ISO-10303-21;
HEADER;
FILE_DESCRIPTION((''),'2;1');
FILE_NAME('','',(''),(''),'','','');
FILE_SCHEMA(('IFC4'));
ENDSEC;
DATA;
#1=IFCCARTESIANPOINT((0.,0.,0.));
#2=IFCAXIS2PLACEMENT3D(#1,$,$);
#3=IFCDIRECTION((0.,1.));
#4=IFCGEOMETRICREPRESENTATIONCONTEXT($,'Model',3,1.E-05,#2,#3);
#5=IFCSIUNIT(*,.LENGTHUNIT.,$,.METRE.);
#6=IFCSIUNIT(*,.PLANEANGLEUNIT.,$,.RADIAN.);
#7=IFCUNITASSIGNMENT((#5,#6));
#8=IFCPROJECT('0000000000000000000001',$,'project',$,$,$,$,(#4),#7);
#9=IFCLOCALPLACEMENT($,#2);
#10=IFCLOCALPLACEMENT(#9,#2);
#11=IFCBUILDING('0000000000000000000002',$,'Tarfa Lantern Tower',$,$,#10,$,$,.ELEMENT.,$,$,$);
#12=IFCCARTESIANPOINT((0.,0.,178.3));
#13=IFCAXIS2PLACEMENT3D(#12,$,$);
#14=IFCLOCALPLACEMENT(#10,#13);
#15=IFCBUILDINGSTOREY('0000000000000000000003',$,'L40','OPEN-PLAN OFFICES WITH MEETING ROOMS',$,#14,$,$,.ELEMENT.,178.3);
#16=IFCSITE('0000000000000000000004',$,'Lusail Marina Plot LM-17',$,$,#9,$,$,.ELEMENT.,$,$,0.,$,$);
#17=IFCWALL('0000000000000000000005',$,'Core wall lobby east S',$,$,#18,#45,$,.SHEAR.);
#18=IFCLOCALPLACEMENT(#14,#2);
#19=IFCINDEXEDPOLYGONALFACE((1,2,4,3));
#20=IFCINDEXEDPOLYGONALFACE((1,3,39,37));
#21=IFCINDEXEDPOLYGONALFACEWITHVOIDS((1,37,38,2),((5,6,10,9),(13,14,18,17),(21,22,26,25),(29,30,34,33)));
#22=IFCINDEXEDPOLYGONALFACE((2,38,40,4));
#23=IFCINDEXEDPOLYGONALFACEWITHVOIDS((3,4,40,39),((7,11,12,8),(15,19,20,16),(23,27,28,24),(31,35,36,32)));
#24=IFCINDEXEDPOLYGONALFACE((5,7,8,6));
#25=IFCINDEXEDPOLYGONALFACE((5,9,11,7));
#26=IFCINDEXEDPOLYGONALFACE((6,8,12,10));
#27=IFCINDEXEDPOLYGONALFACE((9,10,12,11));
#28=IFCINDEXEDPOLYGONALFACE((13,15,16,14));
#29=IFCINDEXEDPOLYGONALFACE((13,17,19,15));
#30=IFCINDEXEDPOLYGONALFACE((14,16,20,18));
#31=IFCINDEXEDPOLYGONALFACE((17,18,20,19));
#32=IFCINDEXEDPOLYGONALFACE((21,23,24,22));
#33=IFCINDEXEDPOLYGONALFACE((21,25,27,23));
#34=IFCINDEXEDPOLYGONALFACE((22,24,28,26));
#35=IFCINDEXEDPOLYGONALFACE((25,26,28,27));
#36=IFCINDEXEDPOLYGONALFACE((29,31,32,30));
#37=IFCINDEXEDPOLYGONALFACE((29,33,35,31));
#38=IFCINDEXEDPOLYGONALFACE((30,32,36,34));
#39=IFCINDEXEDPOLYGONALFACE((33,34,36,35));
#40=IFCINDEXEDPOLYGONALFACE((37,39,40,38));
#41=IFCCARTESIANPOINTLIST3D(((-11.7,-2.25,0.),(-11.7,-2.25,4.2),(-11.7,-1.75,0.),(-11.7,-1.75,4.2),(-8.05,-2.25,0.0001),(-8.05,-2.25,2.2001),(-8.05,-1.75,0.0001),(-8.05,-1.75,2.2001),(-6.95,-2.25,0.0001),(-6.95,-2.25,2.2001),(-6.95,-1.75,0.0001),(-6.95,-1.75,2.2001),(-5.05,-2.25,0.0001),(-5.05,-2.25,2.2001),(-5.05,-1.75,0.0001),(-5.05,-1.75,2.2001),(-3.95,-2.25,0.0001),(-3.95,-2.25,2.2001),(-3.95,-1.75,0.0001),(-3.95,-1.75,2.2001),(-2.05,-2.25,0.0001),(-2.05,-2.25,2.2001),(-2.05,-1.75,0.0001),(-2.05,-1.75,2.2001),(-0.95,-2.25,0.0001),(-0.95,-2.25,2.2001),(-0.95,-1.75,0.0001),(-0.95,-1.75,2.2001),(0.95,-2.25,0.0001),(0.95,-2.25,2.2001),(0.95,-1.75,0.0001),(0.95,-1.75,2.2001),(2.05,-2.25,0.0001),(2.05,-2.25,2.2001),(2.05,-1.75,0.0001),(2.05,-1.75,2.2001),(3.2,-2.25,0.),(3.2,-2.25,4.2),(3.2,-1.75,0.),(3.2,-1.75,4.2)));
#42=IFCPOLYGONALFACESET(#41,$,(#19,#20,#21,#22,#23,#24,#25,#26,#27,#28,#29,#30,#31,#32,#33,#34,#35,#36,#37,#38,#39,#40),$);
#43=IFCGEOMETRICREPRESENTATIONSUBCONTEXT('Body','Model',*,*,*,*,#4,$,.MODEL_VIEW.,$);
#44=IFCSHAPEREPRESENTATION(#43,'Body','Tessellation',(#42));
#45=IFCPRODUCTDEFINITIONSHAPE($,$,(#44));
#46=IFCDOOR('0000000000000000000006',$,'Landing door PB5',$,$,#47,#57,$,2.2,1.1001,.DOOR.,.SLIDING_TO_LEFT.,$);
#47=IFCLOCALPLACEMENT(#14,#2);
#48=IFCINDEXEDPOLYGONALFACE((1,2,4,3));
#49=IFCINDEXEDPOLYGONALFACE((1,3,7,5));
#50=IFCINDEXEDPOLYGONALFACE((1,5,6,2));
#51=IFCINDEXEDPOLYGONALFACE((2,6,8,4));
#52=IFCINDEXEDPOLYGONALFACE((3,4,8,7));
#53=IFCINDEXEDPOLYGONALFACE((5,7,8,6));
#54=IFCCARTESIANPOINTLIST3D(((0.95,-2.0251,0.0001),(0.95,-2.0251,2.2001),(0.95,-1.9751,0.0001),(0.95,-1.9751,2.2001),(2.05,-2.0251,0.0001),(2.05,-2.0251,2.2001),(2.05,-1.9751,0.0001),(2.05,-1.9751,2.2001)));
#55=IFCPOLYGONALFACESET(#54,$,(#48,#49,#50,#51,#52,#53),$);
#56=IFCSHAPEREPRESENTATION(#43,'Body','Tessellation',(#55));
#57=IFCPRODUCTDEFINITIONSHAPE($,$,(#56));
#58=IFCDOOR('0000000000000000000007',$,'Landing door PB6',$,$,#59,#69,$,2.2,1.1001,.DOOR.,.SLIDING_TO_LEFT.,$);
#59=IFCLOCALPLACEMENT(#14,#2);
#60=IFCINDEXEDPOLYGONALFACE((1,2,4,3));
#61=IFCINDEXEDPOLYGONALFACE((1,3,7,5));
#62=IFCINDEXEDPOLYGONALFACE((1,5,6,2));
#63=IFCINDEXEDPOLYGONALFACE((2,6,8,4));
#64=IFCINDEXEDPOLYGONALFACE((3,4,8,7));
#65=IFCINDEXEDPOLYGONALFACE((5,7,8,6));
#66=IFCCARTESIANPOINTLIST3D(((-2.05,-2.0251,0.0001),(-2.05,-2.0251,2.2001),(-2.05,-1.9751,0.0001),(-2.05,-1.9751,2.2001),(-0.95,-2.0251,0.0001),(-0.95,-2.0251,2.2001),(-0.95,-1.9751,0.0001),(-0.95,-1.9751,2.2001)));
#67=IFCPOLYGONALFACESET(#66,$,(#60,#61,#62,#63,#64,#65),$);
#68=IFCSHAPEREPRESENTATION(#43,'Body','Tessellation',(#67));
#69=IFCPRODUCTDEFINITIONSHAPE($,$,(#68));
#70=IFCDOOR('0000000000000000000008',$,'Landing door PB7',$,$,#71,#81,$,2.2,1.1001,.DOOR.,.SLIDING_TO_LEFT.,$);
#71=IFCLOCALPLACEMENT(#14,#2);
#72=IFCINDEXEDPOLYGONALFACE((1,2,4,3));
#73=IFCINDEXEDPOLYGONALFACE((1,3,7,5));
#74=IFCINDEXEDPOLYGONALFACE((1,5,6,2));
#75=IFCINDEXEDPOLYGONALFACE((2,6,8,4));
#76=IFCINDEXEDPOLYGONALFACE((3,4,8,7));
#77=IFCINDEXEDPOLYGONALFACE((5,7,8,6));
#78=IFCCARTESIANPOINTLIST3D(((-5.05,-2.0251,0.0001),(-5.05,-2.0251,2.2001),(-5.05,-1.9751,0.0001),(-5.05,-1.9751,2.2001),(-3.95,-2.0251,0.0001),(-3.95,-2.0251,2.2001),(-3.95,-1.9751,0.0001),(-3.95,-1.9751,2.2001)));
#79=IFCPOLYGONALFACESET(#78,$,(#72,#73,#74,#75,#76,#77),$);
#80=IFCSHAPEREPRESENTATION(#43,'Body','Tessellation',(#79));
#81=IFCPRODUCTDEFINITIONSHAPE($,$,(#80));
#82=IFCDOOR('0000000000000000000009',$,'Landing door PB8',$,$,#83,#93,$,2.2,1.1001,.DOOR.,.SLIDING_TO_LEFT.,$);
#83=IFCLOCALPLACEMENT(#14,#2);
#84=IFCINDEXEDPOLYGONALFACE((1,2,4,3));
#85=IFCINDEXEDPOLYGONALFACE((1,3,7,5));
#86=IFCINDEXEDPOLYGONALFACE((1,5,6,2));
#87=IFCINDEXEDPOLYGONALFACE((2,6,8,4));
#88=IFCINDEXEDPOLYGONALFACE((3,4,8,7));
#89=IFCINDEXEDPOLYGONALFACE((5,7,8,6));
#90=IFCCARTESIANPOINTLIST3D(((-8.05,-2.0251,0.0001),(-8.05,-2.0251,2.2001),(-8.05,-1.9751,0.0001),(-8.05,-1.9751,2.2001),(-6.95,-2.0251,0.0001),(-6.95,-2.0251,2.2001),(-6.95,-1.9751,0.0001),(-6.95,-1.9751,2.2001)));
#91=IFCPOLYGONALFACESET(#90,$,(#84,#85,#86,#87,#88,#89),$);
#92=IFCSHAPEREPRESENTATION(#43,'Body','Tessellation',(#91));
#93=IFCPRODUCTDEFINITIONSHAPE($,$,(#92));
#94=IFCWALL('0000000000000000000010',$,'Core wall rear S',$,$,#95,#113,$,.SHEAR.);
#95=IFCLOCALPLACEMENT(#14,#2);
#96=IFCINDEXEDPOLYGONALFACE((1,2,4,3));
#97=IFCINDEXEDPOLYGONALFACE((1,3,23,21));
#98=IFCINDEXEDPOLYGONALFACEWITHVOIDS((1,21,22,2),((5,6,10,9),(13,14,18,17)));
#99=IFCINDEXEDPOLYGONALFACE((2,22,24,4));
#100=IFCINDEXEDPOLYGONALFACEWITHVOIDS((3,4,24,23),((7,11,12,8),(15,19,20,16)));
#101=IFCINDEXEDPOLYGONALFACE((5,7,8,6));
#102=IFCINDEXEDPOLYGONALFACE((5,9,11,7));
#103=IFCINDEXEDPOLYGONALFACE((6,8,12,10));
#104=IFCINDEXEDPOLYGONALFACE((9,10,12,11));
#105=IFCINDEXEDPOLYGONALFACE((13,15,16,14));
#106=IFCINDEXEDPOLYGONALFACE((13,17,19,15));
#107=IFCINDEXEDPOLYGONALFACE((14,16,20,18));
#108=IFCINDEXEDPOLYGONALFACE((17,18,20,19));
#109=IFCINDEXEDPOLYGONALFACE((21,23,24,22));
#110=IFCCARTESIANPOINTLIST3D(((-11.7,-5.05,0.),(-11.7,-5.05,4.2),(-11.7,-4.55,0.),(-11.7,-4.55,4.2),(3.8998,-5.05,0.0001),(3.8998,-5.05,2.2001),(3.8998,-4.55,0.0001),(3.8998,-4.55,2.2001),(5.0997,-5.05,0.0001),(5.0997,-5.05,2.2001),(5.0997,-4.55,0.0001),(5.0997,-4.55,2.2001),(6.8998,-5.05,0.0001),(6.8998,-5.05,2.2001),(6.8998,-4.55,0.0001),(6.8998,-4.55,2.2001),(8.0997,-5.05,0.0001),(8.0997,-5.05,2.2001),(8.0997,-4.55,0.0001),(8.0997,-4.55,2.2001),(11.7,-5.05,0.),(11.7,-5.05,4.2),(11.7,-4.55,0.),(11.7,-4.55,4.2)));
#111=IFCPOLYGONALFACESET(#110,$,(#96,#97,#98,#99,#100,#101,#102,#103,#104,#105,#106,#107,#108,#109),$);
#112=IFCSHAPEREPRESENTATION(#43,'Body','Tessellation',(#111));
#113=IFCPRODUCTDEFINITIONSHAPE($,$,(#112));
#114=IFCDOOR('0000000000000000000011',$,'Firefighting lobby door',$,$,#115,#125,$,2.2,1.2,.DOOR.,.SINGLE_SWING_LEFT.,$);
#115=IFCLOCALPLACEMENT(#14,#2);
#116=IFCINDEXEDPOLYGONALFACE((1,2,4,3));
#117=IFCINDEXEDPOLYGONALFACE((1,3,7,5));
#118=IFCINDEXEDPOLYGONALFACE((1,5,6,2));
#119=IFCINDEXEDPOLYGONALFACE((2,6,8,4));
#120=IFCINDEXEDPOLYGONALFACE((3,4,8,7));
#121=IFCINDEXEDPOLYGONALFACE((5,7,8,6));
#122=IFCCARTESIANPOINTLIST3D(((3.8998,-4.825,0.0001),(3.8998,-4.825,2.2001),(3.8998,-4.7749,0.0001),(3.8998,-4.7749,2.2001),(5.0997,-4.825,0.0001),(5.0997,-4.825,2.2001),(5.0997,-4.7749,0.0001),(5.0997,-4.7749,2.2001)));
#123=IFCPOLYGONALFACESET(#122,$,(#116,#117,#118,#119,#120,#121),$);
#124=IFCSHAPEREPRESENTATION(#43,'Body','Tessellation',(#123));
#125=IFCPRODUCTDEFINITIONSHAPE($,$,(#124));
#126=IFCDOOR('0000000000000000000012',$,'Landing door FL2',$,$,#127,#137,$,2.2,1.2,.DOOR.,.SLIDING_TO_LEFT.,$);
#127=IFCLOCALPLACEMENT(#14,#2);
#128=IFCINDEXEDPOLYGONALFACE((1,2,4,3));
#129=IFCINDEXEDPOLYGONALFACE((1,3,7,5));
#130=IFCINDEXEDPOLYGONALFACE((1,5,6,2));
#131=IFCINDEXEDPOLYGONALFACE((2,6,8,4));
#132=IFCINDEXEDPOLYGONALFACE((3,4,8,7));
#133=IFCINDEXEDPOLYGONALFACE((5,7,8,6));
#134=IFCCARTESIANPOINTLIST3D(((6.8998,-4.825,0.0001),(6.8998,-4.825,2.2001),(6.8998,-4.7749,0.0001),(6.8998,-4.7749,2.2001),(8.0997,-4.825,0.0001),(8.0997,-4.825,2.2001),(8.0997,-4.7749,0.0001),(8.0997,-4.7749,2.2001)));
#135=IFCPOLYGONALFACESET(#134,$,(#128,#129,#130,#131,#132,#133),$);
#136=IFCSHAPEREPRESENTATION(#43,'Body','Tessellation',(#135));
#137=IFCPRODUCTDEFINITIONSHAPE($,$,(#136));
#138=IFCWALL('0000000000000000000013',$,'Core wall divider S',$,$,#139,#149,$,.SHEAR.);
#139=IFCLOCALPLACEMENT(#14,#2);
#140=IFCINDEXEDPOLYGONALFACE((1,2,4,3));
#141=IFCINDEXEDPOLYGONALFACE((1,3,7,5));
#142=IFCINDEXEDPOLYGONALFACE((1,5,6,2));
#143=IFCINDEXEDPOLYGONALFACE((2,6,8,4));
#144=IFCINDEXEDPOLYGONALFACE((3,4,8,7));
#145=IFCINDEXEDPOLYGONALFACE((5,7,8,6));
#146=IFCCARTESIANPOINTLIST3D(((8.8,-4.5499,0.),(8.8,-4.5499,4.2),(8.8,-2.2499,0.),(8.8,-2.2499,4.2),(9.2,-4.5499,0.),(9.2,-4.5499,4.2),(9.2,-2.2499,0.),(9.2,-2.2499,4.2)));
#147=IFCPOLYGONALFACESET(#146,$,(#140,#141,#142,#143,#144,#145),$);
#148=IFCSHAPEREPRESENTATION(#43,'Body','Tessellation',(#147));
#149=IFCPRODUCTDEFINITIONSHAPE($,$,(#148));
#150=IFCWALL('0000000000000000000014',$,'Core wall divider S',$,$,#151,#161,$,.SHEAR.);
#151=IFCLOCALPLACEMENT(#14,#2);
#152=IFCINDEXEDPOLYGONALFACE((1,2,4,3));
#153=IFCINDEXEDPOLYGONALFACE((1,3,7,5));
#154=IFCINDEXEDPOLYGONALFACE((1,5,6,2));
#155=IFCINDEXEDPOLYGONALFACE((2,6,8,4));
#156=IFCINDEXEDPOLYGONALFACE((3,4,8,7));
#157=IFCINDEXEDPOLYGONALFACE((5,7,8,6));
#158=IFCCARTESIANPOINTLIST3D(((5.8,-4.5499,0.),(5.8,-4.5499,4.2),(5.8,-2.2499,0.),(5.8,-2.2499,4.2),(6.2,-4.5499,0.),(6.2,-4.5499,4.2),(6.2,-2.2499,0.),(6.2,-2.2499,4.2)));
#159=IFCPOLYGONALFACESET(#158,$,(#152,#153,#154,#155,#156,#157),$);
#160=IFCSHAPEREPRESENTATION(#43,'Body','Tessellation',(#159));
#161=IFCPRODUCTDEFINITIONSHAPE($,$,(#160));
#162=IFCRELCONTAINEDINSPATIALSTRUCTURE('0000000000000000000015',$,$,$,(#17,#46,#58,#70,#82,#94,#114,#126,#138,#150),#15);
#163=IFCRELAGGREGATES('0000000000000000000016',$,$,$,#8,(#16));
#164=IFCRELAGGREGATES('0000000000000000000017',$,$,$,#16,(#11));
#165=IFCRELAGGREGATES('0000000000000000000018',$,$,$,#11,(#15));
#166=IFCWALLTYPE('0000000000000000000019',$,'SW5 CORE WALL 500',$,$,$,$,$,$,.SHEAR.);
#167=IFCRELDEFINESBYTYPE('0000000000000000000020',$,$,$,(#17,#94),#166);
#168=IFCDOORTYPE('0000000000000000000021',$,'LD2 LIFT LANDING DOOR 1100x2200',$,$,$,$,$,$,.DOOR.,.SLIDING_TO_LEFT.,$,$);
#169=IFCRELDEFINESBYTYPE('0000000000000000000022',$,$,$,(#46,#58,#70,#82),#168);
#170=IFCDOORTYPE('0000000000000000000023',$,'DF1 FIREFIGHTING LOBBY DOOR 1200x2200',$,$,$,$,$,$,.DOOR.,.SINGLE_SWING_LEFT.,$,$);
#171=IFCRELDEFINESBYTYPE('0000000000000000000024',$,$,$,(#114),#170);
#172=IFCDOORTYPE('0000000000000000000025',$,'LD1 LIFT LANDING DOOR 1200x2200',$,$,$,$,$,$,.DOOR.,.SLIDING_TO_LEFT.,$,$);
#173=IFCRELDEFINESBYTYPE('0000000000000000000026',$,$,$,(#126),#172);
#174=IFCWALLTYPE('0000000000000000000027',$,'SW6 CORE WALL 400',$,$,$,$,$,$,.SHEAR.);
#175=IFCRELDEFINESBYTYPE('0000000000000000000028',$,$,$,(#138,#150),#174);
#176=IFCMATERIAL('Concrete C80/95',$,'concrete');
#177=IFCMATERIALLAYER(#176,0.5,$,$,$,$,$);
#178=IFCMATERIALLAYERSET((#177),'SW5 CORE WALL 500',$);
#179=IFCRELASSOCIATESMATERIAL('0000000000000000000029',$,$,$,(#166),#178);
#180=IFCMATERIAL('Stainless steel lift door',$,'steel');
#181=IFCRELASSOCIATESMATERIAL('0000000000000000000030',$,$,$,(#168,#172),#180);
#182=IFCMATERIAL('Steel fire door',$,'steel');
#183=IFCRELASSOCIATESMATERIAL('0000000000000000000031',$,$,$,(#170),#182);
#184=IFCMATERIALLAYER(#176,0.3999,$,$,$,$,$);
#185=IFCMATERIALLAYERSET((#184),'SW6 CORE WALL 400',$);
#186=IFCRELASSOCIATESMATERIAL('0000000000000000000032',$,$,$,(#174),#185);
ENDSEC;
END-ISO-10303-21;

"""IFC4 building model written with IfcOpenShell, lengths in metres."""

from ifc_helpers import new_model, si_unit, direction, frame, frame_2d, origin, place, context, subcontext, project, spatial, rectangle, extrude, material, layer, layer_set, type_object, element, fill, save


model = new_model("IFC4")

# Units and contexts
model_context = context("Model", 3, precision=1e-05, world=origin(), true_north=direction((0.0, 1.0)))
body_context = subcontext(model_context, "Body", "Model", "MODEL_VIEW")
ifc_project = project(units=[si_unit("LENGTHUNIT", "METRE"), si_unit("PLANEANGLEUNIT", "RADIAN")], contexts=[model_context])

# Site, building, storey
site_placement = place(None, origin())
site = spatial("IfcSite", under=ifc_project, at=site_placement, Name="Lusail Marina Plot LM-17", CompositionType="ELEMENT", RefElevation=0.0)
building_placement = place(site_placement, origin())
building = spatial("IfcBuilding", under=site, at=building_placement, Name="Tarfa Lantern Tower", CompositionType="ELEMENT")
storey_placement = place(building_placement, frame((0.0, 0.0, 178.3)))
storey = spatial("IfcBuildingStorey", under=building, at=storey_placement, Name="L40", Description="OPEN-PLAN OFFICES WITH MEETING ROOMS", CompositionType="ELEMENT", Elevation=178.3)

# Shared definitions
ifc_material_1 = material(Name="Concrete C80/95", Category="concrete")

# Shared definitions
ifc_material_2 = material(Name="Steel fire door", Category="steel")

# Shared definitions
ifc_layer_1 = layer(ifc_material_1, 0.5)
ifc_layer_set_1 = layer_set([ifc_layer_1], Name="SW5 CORE WALL 500")
wall_type_1 = type_object("IfcWallType", Name="SW5 CORE WALL 500", PredefinedType="SHEAR", material=ifc_layer_set_1)

# Walls, openings, doors
wall_1_placement = place(storey_placement, frame((3.2, -2.0, 0.0), z_axis=(0.0, 0.0, 1.0), x_axis=(-1.0, 0.0, 0.0)))
wall_1 = element("IfcWall", 1, at=wall_1_placement, inside=storey, type_object=wall_type_1, Name="Core wall lobby east S", PredefinedType="SHEAR", context=body_context, shape_type="SweptSolid", body=[
    extrude(rectangle(XDim=14.8999, YDim=0.5, at=frame_2d((7.45, 0.0))), origin(), (0.0, 0.0, 1.0), 4.2),
])
opening_1_placement = place(wall_1_placement, frame((1.1499, 0.0, 0.0)))
opening_1 = element("IfcOpeningElement", 2, at=opening_1_placement, cuts=wall_1, PredefinedType="OPENING", context=body_context, shape_type="SweptSolid", body=[
    extrude(rectangle(XDim=1.1001, YDim=2.2, at=frame_2d((0.55, 1.1001))), frame((0.0, 0.26, 0.0), z_axis=(0.0, -1.0, 0.0), x_axis=(1.0, 0.0, 0.0)), (0.0, 0.0, 1.0), 0.52),
])
opening_2_placement = place(wall_1_placement, frame((4.1499, 0.0, 0.0)))
opening_2 = element("IfcOpeningElement", 3, at=opening_2_placement, cuts=wall_1, PredefinedType="OPENING", context=body_context, shape_type="SweptSolid", body=[
    extrude(rectangle(XDim=1.1001, YDim=2.2, at=frame_2d((0.55, 1.1001))), frame((0.0, 0.26, 0.0), z_axis=(0.0, -1.0, 0.0), x_axis=(1.0, 0.0, 0.0)), (0.0, 0.0, 1.0), 0.52),
])
opening_3_placement = place(wall_1_placement, frame((7.1499, 0.0, 0.0)))
opening_3 = element("IfcOpeningElement", 4, at=opening_3_placement, cuts=wall_1, PredefinedType="OPENING", context=body_context, shape_type="SweptSolid", body=[
    extrude(rectangle(XDim=1.1001, YDim=2.2, at=frame_2d((0.55, 1.1001))), frame((0.0, 0.26, 0.0), z_axis=(0.0, -1.0, 0.0), x_axis=(1.0, 0.0, 0.0)), (0.0, 0.0, 1.0), 0.52),
])
opening_4_placement = place(wall_1_placement, frame((10.1499, 0.0, 0.0)))
opening_4 = element("IfcOpeningElement", 5, at=opening_4_placement, cuts=wall_1, PredefinedType="OPENING", context=body_context, shape_type="SweptSolid", body=[
    extrude(rectangle(XDim=1.1001, YDim=2.2, at=frame_2d((0.55, 1.1001))), frame((0.0, 0.26, 0.0), z_axis=(0.0, -1.0, 0.0), x_axis=(1.0, 0.0, 0.0)), (0.0, 0.0, 1.0), 0.52),
])
ifc_material_3 = material(Name="Stainless steel lift door", Category="steel")
door_type_1 = type_object("IfcDoorType", Name="LD2 LIFT LANDING DOOR 1100x2200", OperationType="SLIDING_TO_LEFT", PredefinedType="DOOR", material=ifc_material_3)
door_1_placement = place(opening_1_placement, frame((1.1001, 0.0, 0.0), z_axis=(0.0, 0.0, 1.0), x_axis=(-1.0, 0.0, 0.0)))
door_1 = element("IfcDoor", 6, at=door_1_placement, inside=storey, type_object=door_type_1, Name="Landing door PB5", OperationType="SLIDING_TO_LEFT", OverallHeight=2.2, OverallWidth=1.1001, PredefinedType="DOOR", context=body_context, shape_type="SweptSolid", body=[
    extrude(rectangle(XDim=1.1001, YDim=2.2, at=frame_2d((0.55, 1.1001))), frame((0.0, 0.0249, 0.0), z_axis=(0.0, -1.0, 0.0), x_axis=(1.0, 0.0, 0.0)), (0.0, 0.0, 1.0), 0.05),
])
fill(opening_1, door_1)
door_2_placement = place(opening_2_placement, frame((1.1001, 0.0, 0.0), z_axis=(0.0, 0.0, 1.0), x_axis=(-1.0, 0.0, 0.0)))
door_2 = element("IfcDoor", 7, at=door_2_placement, inside=storey, type_object=door_type_1, Name="Landing door PB6", OperationType="SLIDING_TO_LEFT", OverallHeight=2.2, OverallWidth=1.1001, PredefinedType="DOOR", context=body_context, shape_type="SweptSolid", body=[
    extrude(rectangle(XDim=1.1001, YDim=2.2, at=frame_2d((0.55, 1.1001))), frame((0.0, 0.0249, 0.0), z_axis=(0.0, -1.0, 0.0), x_axis=(1.0, 0.0, 0.0)), (0.0, 0.0, 1.0), 0.05),
])
fill(opening_2, door_2)
door_3_placement = place(opening_3_placement, frame((1.1001, 0.0, 0.0), z_axis=(0.0, 0.0, 1.0), x_axis=(-1.0, 0.0, 0.0)))
door_3 = element("IfcDoor", 8, at=door_3_placement, inside=storey, type_object=door_type_1, Name="Landing door PB7", OperationType="SLIDING_TO_LEFT", OverallHeight=2.2, OverallWidth=1.1001, PredefinedType="DOOR", context=body_context, shape_type="SweptSolid", body=[
    extrude(rectangle(XDim=1.1001, YDim=2.2, at=frame_2d((0.55, 1.1001))), frame((0.0, 0.0249, 0.0), z_axis=(0.0, -1.0, 0.0), x_axis=(1.0, 0.0, 0.0)), (0.0, 0.0, 1.0), 0.05),
])
fill(opening_3, door_3)
door_4_placement = place(opening_4_placement, frame((1.1001, 0.0, 0.0), z_axis=(0.0, 0.0, 1.0), x_axis=(-1.0, 0.0, 0.0)))
door_4 = element("IfcDoor", 9, at=door_4_placement, inside=storey, type_object=door_type_1, Name="Landing door PB8", OperationType="SLIDING_TO_LEFT", OverallHeight=2.2, OverallWidth=1.1001, PredefinedType="DOOR", context=body_context, shape_type="SweptSolid", body=[
    extrude(rectangle(XDim=1.1001, YDim=2.2, at=frame_2d((0.55, 1.1001))), frame((0.0, 0.0249, 0.0), z_axis=(0.0, -1.0, 0.0), x_axis=(1.0, 0.0, 0.0)), (0.0, 0.0, 1.0), 0.05),
])
fill(opening_4, door_4)
wall_2_placement = place(storey_placement, frame((11.7, -4.8, 0.0), z_axis=(0.0, 0.0, 1.0), x_axis=(-1.0, 0.0, 0.0)))
wall_2 = element("IfcWall", 10, at=wall_2_placement, inside=storey, type_object=wall_type_1, Name="Core wall rear S", PredefinedType="SHEAR", context=body_context, shape_type="SweptSolid", body=[
    extrude(rectangle(XDim=23.3999, YDim=0.5, at=frame_2d((11.7, 0.0))), origin(), (0.0, 0.0, 1.0), 4.2),
])
opening_5_placement = place(wall_2_placement, frame((6.6001, 0.0, 0.0)))
opening_5 = element("IfcOpeningElement", 11, at=opening_5_placement, cuts=wall_2, PredefinedType="OPENING", context=body_context, shape_type="SweptSolid", body=[
    extrude(rectangle(XDim=1.2, YDim=2.2, at=frame_2d((0.6001, 1.1001))), frame((0.0, 0.26, 0.0), z_axis=(0.0, -1.0, 0.0), x_axis=(1.0, 0.0, 0.0)), (0.0, 0.0, 1.0), 0.52),
])
opening_6_placement = place(wall_2_placement, frame((3.6001, 0.0, 0.0)))
opening_6 = element("IfcOpeningElement", 12, at=opening_6_placement, cuts=wall_2, PredefinedType="OPENING", context=body_context, shape_type="SweptSolid", body=[
    extrude(rectangle(XDim=1.2, YDim=2.2, at=frame_2d((0.6001, 1.1001))), frame((0.0, 0.26, 0.0), z_axis=(0.0, -1.0, 0.0), x_axis=(1.0, 0.0, 0.0)), (0.0, 0.0, 1.0), 0.52),
])
door_type_2 = type_object("IfcDoorType", Name="DF1 FIREFIGHTING LOBBY DOOR 1200x2200", OperationType="SINGLE_SWING_LEFT", PredefinedType="DOOR", material=ifc_material_2)
door_5_placement = place(opening_5_placement, origin())
door_5 = element("IfcDoor", 13, at=door_5_placement, inside=storey, type_object=door_type_2, Name="Firefighting lobby door", OperationType="SINGLE_SWING_LEFT", OverallHeight=2.2, OverallWidth=1.2, PredefinedType="DOOR", context=body_context, shape_type="SweptSolid", body=[
    extrude(rectangle(XDim=1.2, YDim=2.2, at=frame_2d((0.6001, 1.1001))), frame((0.0, 0.0249, 0.0), z_axis=(0.0, -1.0, 0.0), x_axis=(1.0, 0.0, 0.0)), (0.0, 0.0, 1.0), 0.05),
])
fill(opening_5, door_5)
door_type_3 = type_object("IfcDoorType", Name="LD1 LIFT LANDING DOOR 1200x2200", OperationType="SLIDING_TO_LEFT", PredefinedType="DOOR", material=ifc_material_3)
door_6_placement = place(opening_6_placement, origin())
door_6 = element("IfcDoor", 14, at=door_6_placement, inside=storey, type_object=door_type_3, Name="Landing door FL2", OperationType="SLIDING_TO_LEFT", OverallHeight=2.2, OverallWidth=1.2, PredefinedType="DOOR", context=body_context, shape_type="SweptSolid", body=[
    extrude(rectangle(XDim=1.2, YDim=2.2, at=frame_2d((0.6001, 1.1001))), frame((0.0, 0.0249, 0.0), z_axis=(0.0, -1.0, 0.0), x_axis=(1.0, 0.0, 0.0)), (0.0, 0.0, 1.0), 0.05),
])
fill(opening_6, door_6)

# Walls
ifc_layer_2 = layer(ifc_material_1, 0.3999)
ifc_layer_set_2 = layer_set([ifc_layer_2], Name="SW6 CORE WALL 400")
wall_type_2 = type_object("IfcWallType", Name="SW6 CORE WALL 400", PredefinedType="SHEAR", material=ifc_layer_set_2)
for number, where, z_axis, x_axis, name in (
    (15, (9.0, -2.25, 0.0), (0.0, 0.0, 1.0), (0.0, -1.0, 0.0), "Core wall divider S"),
    (16, (6.0, -2.25, 0.0), (0.0, 0.0, 1.0), (0.0, -1.0, 0.0), "Core wall divider S"),
):
    element("IfcWall", number, at=place(storey_placement, frame(where, z_axis=z_axis, x_axis=x_axis)), inside=storey, type_object=wall_type_2, Name=name, PredefinedType="SHEAR", context=body_context, shape_type="SweptSolid", body=[
        extrude(rectangle(XDim=2.3, YDim=0.3999, at=frame_2d((1.1499, 0.0))), origin(), (0.0, 0.0, 1.0), 4.2),
    ])

save(model, "model.ifc")
